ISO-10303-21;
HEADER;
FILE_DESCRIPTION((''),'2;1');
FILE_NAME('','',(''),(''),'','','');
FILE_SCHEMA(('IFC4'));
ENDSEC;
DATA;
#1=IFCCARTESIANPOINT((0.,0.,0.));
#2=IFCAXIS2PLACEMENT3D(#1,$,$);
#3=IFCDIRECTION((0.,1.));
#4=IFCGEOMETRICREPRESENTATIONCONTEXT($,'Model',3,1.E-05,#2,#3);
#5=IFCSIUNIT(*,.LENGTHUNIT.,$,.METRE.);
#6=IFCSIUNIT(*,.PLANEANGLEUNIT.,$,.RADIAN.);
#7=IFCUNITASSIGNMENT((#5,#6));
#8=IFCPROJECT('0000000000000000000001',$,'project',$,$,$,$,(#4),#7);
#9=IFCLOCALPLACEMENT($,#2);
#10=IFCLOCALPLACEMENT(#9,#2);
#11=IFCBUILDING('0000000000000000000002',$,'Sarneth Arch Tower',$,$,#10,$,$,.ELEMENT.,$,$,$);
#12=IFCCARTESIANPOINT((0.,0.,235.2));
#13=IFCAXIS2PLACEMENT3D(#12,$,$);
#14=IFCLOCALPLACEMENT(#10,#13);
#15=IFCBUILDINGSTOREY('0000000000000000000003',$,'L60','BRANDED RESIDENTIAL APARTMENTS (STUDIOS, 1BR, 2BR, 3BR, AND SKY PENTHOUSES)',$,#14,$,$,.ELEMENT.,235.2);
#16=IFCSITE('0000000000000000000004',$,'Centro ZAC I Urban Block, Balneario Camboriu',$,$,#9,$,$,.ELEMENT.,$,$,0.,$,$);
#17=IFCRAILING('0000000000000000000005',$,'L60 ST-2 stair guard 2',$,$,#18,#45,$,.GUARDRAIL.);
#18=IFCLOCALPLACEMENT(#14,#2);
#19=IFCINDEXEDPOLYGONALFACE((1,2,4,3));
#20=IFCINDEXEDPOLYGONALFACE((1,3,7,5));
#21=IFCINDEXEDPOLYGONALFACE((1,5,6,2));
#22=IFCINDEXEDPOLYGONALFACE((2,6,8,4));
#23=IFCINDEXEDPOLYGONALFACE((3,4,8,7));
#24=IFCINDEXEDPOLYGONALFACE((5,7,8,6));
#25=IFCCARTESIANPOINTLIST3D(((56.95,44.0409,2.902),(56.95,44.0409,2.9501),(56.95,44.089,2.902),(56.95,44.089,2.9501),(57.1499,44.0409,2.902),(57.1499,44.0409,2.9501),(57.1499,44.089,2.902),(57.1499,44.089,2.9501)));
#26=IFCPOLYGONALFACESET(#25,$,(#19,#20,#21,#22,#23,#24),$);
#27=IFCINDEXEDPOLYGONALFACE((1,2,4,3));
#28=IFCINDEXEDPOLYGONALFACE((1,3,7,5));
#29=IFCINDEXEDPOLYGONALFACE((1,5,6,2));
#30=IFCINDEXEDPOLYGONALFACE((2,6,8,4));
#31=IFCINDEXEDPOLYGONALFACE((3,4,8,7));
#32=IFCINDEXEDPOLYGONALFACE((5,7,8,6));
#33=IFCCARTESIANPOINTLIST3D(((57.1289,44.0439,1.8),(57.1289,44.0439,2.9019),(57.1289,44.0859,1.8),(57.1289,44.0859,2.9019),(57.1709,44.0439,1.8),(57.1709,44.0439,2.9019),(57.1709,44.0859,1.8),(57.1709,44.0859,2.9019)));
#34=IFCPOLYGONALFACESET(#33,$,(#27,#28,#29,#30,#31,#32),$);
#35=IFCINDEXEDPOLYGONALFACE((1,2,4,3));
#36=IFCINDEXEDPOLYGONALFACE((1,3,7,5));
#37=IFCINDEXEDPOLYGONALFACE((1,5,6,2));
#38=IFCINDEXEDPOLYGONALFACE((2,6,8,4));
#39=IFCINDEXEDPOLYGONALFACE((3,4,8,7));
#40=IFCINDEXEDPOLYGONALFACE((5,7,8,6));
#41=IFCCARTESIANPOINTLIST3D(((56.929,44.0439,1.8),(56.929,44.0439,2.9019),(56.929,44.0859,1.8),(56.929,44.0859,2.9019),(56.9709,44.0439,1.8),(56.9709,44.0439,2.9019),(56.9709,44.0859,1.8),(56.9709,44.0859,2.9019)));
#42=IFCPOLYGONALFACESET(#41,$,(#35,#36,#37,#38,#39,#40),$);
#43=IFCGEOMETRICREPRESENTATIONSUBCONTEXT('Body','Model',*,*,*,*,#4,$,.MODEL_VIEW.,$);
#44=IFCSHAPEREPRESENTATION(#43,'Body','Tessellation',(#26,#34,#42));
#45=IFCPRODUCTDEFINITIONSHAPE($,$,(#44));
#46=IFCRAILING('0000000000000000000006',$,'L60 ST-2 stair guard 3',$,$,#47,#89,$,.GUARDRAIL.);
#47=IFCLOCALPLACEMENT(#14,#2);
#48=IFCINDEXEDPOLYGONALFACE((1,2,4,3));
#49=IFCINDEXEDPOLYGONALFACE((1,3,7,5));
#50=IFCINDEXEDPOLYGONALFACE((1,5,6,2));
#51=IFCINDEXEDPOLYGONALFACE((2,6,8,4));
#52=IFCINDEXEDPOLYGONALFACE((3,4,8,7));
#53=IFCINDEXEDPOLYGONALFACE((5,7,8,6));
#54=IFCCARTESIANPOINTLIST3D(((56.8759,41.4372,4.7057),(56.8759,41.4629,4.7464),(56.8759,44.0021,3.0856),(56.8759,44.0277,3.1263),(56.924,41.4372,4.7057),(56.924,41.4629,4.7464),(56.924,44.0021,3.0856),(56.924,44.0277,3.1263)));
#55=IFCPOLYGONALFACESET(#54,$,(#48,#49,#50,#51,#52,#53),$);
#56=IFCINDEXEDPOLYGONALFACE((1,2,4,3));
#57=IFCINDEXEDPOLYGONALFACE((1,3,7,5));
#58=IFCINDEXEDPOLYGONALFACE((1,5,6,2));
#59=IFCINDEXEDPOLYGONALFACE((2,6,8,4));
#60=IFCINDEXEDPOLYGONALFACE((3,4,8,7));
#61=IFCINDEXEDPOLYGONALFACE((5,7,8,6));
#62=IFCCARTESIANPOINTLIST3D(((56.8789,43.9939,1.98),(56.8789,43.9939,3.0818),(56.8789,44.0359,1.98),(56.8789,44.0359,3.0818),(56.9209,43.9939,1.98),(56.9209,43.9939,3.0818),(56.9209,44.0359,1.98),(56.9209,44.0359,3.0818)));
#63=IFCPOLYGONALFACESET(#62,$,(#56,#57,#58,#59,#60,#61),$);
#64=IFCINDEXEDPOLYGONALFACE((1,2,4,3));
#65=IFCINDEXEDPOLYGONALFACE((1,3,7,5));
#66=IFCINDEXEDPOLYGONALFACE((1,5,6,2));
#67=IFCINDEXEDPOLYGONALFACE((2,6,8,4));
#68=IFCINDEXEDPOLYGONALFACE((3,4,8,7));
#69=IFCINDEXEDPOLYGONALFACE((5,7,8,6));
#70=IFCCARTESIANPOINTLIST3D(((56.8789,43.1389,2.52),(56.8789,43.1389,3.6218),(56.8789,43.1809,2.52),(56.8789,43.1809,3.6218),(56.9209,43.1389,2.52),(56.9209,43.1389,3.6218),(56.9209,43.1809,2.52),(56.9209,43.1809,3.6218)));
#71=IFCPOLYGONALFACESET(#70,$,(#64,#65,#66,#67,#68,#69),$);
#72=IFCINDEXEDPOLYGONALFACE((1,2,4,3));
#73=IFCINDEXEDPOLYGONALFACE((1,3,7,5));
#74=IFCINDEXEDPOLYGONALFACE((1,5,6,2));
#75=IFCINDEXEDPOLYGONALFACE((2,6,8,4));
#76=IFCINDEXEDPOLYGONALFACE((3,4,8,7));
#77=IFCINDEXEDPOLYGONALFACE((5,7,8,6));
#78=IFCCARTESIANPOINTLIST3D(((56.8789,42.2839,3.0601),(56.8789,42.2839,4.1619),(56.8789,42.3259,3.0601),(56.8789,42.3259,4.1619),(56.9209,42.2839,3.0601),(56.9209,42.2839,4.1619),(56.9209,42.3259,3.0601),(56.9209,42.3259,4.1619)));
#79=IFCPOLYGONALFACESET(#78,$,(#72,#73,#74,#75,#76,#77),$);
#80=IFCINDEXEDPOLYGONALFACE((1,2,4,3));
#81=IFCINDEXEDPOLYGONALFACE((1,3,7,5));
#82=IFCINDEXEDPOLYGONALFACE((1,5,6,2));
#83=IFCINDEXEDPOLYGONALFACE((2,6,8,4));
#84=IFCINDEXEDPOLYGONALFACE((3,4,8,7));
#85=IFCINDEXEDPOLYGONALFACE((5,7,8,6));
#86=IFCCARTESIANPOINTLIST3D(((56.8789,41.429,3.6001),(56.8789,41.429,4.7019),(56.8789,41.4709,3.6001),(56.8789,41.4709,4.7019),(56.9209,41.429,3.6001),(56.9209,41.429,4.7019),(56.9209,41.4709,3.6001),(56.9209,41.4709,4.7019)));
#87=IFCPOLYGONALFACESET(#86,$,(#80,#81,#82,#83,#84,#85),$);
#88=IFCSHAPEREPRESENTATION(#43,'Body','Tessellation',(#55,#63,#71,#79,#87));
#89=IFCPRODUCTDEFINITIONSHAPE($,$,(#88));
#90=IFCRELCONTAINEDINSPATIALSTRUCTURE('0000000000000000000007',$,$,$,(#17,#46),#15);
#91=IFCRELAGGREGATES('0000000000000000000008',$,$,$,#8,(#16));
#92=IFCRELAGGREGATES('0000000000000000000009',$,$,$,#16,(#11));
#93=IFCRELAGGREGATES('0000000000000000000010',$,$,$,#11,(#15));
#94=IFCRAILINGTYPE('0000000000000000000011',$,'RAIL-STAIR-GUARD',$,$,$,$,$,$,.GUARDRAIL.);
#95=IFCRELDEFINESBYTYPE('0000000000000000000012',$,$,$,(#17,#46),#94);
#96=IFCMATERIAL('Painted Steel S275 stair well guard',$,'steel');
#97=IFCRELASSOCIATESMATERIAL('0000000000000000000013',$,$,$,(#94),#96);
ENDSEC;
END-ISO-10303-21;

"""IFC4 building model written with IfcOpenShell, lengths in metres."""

from ifc_helpers import new_model, si_unit, direction, frame, origin, origin_2d, place, context, subcontext, project, spatial, rectangle, extrude, material, type_object, element, save


model = new_model("IFC4")

# Units and contexts
model_context = context("Model", 3, precision=1e-05, world=origin(), true_north=direction((0.0, 1.0)))
body_context = subcontext(model_context, "Body", "Model", "MODEL_VIEW")
ifc_project = project(units=[si_unit("LENGTHUNIT", "METRE"), si_unit("PLANEANGLEUNIT", "RADIAN")], contexts=[model_context])

# Site, building, storey
site_placement = place(None, origin())
site = spatial("IfcSite", under=ifc_project, at=site_placement, Name="Centro ZAC I Urban Block, Balneario Camboriu", CompositionType="ELEMENT", RefElevation=0.0)
building_placement = place(site_placement, origin())
building = spatial("IfcBuilding", under=site, at=building_placement, Name="Sarneth Arch Tower", CompositionType="ELEMENT")
storey_placement = place(building_placement, frame((0.0, 0.0, 235.2)))
storey = spatial("IfcBuildingStorey", under=building, at=storey_placement, Name="L60", Description="BRANDED RESIDENTIAL APARTMENTS (STUDIOS, 1BR, 2BR, 3BR, AND SKY PENTHOUSES)", CompositionType="ELEMENT", Elevation=235.2)

# Railings
ifc_material_1 = material(Name="Painted Steel S275 stair well guard", Category="steel")
railing_type_1 = type_object("IfcRailingType", Name="RAIL-STAIR-GUARD", PredefinedType="GUARDRAIL", material=ifc_material_1)
railing_1_placement = place(storey_placement, frame((57.1499, 44.0649, 1.8)))
element("IfcRailing", 1, at=railing_1_placement, inside=storey, type_object=railing_type_1, Name="L60 ST-2 stair guard 2", PredefinedType="GUARDRAIL", context=body_context, shape_type="SweptSolid", body=[
    extrude(rectangle(XDim=0.0481, YDim=0.0481, at=origin_2d()), frame((0.0, 0.0, 1.126), z_axis=(-1.0, 0.0, 0.0), x_axis=(0.0, -1.0, 0.0)), (0.0, 0.0, 1.0), 0.2),
    extrude(rectangle(XDim=0.042, YDim=0.042, at=origin_2d()), origin(), (0.0, 0.0, 1.0), 1.1018),
    extrude(rectangle(XDim=0.042, YDim=0.042, at=origin_2d()), frame((-0.2, 0.0, 0.0)), (0.0, 0.0, 1.0), 1.1018),
])
railing_2_placement = place(storey_placement, frame((56.8999, 44.0149, 1.98)))
element("IfcRailing", 2, at=railing_2_placement, inside=storey, type_object=railing_type_1, Name="L60 ST-2 stair guard 3", PredefinedType="GUARDRAIL", context=body_context, shape_type="SweptSolid", body=[
    extrude(rectangle(XDim=0.0481, YDim=0.0481, at=origin_2d()), frame((0.0, 0.0, 1.126), z_axis=(0.0, -0.845466, 0.534029), x_axis=(1.0, 0.0, 0.0)), (0.0, 0.0, 1.0), 3.0337),
    extrude(rectangle(XDim=0.042, YDim=0.042, at=origin_2d()), origin(), (0.0, 0.0, 1.0), 1.1018),
    extrude(rectangle(XDim=0.042, YDim=0.042, at=origin_2d()), frame((0.0, -0.855, 0.54)), (0.0, 0.0, 1.0), 1.1018),
    extrude(rectangle(XDim=0.042, YDim=0.042, at=origin_2d()), frame((0.0, -1.71, 1.0801)), (0.0, 0.0, 1.0), 1.1018),
    extrude(rectangle(XDim=0.042, YDim=0.042, at=origin_2d()), frame((0.0, -2.5649, 1.6201)), (0.0, 0.0, 1.0), 1.1018),
])

save(model, "model.ifc")
